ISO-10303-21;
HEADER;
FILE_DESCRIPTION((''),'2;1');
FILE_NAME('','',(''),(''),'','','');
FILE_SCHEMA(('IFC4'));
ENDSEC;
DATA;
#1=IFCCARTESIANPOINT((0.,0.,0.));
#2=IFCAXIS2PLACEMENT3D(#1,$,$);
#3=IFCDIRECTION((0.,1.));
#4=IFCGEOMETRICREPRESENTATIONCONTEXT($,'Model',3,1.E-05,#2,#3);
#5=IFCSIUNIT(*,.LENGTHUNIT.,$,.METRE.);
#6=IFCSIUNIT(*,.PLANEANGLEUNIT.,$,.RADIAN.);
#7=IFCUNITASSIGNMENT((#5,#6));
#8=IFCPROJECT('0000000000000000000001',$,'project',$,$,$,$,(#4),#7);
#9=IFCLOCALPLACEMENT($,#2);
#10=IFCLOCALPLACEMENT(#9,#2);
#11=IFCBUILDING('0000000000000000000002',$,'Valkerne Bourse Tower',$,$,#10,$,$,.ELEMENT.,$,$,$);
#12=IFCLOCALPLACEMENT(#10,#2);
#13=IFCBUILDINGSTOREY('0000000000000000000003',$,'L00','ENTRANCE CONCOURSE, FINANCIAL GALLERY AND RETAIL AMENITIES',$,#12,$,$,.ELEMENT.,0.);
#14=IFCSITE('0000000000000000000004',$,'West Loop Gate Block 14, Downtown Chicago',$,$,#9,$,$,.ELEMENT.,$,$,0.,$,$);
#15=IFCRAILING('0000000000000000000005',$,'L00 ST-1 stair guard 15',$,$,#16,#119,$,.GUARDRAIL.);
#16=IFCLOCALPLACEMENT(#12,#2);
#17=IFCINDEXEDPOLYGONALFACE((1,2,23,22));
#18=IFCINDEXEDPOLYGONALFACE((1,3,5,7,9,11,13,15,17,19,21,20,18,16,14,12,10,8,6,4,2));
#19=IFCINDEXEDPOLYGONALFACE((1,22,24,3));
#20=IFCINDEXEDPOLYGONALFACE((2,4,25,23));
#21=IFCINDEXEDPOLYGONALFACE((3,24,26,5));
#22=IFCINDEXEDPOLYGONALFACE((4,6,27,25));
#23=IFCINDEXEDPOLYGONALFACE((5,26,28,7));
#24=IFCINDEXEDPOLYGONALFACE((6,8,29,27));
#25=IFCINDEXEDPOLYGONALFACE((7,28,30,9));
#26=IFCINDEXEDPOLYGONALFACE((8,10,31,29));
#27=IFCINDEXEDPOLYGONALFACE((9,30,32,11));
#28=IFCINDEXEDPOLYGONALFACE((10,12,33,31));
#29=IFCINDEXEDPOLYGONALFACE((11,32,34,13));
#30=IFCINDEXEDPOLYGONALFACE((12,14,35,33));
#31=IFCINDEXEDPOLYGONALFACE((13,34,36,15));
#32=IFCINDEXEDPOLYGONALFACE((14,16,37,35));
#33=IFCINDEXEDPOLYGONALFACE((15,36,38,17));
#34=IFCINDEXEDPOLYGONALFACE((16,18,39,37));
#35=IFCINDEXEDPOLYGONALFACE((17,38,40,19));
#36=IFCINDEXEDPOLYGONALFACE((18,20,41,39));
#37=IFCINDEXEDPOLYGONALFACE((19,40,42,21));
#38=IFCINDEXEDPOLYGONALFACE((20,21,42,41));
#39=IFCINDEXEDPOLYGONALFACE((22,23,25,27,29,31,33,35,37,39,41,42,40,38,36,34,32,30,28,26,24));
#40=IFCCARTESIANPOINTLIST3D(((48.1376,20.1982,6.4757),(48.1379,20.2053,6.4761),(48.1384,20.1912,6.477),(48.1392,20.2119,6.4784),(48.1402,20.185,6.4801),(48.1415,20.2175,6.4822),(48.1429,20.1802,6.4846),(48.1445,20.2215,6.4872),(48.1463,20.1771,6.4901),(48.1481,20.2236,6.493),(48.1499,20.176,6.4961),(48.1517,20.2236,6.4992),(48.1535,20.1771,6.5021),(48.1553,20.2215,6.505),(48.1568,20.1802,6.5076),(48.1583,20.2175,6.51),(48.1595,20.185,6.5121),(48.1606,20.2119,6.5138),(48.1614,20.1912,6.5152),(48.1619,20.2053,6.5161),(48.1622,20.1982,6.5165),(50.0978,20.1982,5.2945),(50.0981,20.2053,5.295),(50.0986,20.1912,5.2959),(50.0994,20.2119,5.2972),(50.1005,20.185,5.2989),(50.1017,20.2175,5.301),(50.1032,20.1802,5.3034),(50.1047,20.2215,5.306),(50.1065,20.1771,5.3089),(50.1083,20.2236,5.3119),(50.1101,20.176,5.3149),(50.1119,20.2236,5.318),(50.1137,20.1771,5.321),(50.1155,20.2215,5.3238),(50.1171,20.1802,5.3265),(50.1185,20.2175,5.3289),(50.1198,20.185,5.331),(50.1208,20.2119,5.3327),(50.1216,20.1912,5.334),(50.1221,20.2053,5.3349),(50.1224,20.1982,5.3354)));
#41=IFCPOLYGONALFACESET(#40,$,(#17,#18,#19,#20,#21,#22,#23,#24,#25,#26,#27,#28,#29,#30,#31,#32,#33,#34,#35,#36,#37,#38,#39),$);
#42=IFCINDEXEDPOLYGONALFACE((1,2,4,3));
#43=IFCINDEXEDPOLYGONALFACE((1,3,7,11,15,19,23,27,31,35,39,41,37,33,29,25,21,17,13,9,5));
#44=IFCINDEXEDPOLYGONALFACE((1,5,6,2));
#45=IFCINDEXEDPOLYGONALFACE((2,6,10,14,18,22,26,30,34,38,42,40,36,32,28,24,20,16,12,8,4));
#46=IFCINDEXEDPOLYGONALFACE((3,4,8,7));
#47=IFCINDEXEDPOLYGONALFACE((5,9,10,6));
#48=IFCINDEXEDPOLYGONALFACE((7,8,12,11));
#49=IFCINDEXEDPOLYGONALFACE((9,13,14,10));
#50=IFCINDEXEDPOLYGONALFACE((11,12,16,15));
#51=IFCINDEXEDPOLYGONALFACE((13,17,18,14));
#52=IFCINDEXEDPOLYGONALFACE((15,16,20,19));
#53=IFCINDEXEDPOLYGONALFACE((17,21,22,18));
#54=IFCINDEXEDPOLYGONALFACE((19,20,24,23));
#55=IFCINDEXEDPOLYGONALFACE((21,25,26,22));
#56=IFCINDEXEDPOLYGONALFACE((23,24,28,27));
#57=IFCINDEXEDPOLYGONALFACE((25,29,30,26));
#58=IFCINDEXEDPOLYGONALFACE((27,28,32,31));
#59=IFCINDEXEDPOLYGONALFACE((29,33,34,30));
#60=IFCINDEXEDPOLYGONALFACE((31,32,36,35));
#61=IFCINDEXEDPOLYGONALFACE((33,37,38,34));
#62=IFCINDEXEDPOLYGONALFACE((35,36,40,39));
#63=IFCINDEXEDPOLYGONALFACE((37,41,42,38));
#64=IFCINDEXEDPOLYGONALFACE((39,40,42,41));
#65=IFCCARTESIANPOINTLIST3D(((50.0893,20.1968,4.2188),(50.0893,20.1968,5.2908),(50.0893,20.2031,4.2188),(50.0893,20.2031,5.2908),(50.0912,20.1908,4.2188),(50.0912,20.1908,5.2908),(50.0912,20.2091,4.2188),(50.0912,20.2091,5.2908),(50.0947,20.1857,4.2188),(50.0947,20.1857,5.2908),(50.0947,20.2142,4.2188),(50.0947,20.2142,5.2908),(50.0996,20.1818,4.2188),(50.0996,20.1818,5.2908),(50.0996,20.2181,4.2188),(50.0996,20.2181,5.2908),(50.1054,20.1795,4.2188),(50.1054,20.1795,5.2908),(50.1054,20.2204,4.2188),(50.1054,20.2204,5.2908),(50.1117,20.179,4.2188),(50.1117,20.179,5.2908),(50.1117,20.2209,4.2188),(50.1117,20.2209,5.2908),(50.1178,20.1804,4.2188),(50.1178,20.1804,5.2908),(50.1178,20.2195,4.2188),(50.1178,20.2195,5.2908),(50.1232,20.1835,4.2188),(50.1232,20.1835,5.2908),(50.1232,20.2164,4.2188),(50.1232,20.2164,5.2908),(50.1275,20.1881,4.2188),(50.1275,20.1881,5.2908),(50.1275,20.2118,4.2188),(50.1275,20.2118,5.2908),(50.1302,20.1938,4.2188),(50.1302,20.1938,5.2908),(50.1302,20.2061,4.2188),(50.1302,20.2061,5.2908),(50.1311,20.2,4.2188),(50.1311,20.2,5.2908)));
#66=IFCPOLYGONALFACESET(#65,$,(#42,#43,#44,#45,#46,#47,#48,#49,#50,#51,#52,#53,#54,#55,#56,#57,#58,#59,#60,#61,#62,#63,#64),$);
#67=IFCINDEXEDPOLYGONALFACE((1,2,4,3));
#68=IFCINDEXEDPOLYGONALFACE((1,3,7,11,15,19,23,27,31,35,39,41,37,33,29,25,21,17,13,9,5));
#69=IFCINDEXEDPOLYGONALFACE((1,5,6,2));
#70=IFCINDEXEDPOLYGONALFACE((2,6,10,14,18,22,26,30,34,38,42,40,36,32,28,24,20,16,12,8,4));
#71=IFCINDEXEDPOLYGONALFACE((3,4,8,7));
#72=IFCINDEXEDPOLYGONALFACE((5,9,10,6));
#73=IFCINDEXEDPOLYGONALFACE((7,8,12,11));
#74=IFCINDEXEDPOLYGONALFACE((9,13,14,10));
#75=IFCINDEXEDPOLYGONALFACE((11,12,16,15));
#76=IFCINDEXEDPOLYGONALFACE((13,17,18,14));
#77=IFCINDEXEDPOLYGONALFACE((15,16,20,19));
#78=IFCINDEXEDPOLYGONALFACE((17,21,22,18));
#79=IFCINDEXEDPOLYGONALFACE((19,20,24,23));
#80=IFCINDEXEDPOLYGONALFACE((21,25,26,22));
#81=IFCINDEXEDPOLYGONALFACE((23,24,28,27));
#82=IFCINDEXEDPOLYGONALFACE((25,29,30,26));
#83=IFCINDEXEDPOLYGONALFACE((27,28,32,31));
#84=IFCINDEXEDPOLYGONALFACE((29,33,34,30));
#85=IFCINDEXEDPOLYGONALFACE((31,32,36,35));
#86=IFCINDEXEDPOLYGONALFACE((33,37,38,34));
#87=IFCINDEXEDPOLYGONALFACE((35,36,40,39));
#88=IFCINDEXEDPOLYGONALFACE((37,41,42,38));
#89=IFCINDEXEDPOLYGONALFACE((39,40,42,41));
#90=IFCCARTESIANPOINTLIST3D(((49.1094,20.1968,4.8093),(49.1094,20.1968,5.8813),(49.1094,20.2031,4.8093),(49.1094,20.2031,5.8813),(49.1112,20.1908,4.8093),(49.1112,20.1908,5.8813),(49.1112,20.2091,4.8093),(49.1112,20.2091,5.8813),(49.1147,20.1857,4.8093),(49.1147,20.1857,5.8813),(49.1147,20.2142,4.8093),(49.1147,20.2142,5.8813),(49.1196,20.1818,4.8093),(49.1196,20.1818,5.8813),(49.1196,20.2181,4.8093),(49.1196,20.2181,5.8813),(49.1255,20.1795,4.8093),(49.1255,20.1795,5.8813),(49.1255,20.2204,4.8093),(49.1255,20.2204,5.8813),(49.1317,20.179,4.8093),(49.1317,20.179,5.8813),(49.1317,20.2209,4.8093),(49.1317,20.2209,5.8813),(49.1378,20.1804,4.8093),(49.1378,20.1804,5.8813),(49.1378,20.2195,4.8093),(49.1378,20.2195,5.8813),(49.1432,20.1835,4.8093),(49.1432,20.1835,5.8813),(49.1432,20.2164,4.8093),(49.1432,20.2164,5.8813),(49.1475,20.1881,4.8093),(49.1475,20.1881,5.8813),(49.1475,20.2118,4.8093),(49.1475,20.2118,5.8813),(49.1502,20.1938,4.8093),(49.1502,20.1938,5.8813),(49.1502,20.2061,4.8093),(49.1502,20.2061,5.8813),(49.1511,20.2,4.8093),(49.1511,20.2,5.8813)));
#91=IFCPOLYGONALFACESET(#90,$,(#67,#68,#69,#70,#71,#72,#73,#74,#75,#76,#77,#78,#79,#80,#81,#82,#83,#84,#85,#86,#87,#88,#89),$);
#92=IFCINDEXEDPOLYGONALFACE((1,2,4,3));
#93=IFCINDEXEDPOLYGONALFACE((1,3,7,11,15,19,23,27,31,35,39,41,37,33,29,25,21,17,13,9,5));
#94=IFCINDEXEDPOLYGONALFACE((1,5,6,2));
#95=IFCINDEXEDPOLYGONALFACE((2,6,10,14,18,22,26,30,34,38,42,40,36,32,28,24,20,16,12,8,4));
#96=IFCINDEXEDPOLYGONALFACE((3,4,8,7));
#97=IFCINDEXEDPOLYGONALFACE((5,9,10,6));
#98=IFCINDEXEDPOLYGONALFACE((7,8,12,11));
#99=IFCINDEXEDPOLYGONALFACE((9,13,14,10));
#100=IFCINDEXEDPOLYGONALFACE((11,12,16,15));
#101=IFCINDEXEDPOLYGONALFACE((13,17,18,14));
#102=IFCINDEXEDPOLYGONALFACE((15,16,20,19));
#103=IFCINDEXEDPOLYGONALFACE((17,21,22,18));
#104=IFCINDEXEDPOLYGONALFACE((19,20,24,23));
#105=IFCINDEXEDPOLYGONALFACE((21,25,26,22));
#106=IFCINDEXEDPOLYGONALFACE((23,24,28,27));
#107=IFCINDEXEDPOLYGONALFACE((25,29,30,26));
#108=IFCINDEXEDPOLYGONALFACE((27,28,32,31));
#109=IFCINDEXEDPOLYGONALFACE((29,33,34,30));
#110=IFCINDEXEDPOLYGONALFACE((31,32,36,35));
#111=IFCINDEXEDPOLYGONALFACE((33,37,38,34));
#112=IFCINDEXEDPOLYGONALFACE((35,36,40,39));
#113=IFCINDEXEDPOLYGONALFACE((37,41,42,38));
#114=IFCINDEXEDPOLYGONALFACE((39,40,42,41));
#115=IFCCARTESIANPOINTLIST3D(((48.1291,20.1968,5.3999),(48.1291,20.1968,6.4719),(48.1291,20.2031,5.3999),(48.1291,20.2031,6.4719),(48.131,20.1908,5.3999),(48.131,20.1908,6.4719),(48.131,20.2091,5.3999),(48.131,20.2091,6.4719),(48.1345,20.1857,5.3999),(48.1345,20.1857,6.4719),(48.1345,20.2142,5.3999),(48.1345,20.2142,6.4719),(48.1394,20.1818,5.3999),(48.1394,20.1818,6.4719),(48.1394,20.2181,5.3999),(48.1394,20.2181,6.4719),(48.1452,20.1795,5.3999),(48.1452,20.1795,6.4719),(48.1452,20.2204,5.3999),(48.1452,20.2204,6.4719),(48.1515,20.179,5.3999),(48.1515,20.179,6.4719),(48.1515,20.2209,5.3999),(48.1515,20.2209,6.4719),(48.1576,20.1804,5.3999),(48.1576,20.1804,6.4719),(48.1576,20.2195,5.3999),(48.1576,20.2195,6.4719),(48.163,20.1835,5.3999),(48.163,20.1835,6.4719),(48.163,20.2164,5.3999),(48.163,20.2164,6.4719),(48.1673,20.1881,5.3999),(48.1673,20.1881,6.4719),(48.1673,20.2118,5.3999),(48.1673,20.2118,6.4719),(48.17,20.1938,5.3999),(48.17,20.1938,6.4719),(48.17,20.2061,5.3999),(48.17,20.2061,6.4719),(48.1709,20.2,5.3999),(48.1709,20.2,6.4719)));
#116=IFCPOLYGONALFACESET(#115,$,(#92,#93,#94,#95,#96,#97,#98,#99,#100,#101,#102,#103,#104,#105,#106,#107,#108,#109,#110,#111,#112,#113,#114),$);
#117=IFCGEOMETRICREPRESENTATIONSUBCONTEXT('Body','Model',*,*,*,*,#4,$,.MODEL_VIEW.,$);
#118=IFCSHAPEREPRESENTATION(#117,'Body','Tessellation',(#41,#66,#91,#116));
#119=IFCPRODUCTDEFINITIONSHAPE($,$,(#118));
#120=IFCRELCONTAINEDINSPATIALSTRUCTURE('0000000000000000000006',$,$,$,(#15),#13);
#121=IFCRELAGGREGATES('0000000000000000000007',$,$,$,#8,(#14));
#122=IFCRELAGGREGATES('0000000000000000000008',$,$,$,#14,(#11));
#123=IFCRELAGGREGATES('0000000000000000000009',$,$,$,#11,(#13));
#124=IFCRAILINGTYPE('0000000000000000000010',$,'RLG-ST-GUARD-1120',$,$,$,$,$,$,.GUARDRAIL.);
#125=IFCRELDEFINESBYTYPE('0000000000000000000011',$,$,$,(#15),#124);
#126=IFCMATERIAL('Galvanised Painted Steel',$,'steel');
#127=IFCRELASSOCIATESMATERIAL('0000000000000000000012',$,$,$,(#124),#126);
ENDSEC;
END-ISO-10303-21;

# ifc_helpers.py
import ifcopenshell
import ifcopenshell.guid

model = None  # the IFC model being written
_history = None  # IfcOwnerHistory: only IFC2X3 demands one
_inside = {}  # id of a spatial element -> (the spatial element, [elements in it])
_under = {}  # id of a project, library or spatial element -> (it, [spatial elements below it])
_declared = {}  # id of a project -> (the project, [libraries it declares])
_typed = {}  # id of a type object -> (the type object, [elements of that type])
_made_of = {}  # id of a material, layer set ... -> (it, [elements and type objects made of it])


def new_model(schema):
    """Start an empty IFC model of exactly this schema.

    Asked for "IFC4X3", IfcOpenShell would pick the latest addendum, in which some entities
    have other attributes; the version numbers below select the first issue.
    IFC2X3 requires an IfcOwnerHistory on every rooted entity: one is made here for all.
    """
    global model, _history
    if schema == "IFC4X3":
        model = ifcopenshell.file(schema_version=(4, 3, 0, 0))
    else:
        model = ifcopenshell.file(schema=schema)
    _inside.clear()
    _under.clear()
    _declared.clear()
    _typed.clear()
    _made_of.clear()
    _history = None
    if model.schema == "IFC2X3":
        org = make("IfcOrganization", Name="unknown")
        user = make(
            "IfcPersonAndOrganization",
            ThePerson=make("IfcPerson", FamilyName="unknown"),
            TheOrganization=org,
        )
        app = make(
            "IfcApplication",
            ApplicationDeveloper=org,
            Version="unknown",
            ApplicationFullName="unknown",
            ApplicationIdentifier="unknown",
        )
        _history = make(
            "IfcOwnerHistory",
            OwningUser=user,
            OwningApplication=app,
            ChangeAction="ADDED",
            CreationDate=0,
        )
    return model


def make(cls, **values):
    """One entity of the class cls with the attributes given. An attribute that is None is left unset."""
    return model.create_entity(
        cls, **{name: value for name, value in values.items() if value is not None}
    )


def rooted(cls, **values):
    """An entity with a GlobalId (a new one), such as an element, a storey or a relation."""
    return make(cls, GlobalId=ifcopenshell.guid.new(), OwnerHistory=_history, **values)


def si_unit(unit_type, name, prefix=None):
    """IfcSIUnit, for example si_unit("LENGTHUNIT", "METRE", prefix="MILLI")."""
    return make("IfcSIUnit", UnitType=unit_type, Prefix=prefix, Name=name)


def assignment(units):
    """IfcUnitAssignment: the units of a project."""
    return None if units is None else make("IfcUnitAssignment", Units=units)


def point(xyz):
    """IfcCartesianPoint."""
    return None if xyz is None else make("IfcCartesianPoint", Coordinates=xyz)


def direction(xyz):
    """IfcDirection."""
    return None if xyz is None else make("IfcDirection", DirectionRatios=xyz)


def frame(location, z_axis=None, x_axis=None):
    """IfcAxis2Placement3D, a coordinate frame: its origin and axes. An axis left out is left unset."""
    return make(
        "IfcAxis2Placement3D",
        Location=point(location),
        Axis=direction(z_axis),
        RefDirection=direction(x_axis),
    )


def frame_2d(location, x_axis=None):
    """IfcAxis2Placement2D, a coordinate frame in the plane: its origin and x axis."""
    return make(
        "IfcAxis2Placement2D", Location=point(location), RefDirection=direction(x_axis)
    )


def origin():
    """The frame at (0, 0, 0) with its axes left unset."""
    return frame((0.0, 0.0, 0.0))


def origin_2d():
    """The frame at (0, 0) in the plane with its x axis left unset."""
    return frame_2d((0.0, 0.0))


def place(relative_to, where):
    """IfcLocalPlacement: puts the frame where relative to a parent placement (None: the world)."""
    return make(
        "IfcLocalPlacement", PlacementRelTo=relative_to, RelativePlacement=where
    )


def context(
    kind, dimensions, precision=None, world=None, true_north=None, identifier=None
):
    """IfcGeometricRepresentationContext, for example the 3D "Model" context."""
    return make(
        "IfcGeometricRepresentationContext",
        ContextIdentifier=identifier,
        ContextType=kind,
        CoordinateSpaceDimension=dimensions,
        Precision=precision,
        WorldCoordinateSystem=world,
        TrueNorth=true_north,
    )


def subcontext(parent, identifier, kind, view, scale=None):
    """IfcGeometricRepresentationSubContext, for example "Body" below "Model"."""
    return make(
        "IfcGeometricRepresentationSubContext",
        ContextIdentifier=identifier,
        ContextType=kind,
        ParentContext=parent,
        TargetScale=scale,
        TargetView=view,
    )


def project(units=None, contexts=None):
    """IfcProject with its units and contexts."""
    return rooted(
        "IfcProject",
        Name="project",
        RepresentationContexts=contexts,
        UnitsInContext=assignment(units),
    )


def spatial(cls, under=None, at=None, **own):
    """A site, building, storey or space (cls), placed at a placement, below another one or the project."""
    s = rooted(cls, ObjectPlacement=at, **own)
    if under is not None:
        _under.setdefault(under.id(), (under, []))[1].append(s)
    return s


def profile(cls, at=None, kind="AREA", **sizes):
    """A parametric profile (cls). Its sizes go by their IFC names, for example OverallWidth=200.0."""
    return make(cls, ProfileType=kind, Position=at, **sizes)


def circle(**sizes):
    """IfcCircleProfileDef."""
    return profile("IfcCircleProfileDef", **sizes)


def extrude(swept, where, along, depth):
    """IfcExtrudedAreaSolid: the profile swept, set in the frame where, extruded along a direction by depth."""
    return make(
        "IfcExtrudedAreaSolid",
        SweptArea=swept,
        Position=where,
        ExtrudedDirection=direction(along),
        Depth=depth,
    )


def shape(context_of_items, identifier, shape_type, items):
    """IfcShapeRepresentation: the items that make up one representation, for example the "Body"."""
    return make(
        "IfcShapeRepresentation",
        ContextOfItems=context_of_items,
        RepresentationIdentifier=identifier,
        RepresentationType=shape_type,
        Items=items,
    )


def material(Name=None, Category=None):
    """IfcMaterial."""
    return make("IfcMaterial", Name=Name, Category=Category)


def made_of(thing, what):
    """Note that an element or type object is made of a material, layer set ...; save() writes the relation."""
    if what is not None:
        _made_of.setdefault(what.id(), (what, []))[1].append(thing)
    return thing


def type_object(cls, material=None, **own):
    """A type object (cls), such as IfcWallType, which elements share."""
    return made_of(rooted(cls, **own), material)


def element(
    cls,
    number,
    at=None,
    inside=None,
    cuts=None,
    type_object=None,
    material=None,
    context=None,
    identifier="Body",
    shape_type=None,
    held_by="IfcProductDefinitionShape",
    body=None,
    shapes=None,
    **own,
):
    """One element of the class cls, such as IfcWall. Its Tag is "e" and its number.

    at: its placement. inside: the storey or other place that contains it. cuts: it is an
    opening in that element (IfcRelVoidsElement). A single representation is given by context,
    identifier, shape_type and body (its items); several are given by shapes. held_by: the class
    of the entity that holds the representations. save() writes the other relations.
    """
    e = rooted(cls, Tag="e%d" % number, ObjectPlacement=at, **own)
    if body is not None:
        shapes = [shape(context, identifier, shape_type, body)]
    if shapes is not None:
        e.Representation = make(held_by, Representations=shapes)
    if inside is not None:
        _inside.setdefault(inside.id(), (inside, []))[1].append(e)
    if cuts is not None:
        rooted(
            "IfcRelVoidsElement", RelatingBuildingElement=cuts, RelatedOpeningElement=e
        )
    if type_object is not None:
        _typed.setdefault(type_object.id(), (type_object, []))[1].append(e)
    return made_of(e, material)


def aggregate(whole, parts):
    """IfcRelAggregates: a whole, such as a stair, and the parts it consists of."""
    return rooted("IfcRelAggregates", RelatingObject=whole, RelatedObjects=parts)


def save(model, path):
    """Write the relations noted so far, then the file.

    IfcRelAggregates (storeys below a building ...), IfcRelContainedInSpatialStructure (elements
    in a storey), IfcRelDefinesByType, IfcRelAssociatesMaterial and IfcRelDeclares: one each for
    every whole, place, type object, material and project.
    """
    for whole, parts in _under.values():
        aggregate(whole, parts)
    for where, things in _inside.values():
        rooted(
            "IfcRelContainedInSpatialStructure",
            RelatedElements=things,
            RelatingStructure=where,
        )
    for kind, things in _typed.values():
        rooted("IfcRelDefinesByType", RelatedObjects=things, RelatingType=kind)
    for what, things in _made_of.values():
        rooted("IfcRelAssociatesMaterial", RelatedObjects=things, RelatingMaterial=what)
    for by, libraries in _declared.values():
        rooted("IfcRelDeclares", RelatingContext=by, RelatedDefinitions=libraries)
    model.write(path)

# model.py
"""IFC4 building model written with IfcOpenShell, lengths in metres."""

from ifc_helpers import new_model, si_unit, direction, frame, origin, origin_2d, place, context, subcontext, project, spatial, circle, extrude, material, type_object, element, save


model = new_model("IFC4")

# Units and contexts
model_context = context("Model", 3, precision=1e-05, world=origin(), true_north=direction((0.0, 1.0)))
body_context = subcontext(model_context, "Body", "Model", "MODEL_VIEW")
ifc_project = project(units=[si_unit("LENGTHUNIT", "METRE"), si_unit("PLANEANGLEUNIT", "RADIAN")], contexts=[model_context])

# Site, building, storey
site_placement = place(None, origin())
site = spatial("IfcSite", under=ifc_project, at=site_placement, Name="West Loop Gate Block 14, Downtown Chicago", CompositionType="ELEMENT", RefElevation=0.0)
building_placement = place(site_placement, origin())
building = spatial("IfcBuilding", under=site, at=building_placement, Name="Valkerne Bourse Tower", CompositionType="ELEMENT")
storey_placement = place(building_placement, origin())
storey = spatial("IfcBuildingStorey", under=building, at=storey_placement, Name="L00", Description="ENTRANCE CONCOURSE, FINANCIAL GALLERY AND RETAIL AMENITIES", CompositionType="ELEMENT", Elevation=0.0)

# Railing
ifc_material_1 = material(Name="Galvanised Painted Steel", Category="steel")
railing_type_1 = type_object("IfcRailingType", Name="RLG-ST-GUARD-1120", PredefinedType="GUARDRAIL", material=ifc_material_1)
railing_1_placement = place(storey_placement, frame((50.1101, 20.2, 4.2188)))
element("IfcRailing", 1, at=railing_1_placement, inside=storey, type_object=railing_type_1, Name="L00 ST-1 stair guard 15", PredefinedType="GUARDRAIL", context=body_context, shape_type="SweptSolid", body=[
    extrude(circle(Radius=0.0239, at=origin_2d()), frame((0.0, 0.0, 1.0962), z_axis=(-0.856522, 0.0, 0.516111), x_axis=(0.0, -1.0, 0.0)), (0.0, 0.0, 1.0), 2.2886),
    extrude(circle(Radius=0.021, at=origin_2d()), origin(), (0.0, 0.0, 1.0), 1.072),
    extrude(circle(Radius=0.021, at=origin_2d()), frame((-0.98, 0.0, 0.5906)), (0.0, 0.0, 1.0), 1.072),
    extrude(circle(Radius=0.021, at=origin_2d()), frame((-1.9602, 0.0, 1.1812)), (0.0, 0.0, 1.0), 1.072),
])

save(model, "model.ifc")
